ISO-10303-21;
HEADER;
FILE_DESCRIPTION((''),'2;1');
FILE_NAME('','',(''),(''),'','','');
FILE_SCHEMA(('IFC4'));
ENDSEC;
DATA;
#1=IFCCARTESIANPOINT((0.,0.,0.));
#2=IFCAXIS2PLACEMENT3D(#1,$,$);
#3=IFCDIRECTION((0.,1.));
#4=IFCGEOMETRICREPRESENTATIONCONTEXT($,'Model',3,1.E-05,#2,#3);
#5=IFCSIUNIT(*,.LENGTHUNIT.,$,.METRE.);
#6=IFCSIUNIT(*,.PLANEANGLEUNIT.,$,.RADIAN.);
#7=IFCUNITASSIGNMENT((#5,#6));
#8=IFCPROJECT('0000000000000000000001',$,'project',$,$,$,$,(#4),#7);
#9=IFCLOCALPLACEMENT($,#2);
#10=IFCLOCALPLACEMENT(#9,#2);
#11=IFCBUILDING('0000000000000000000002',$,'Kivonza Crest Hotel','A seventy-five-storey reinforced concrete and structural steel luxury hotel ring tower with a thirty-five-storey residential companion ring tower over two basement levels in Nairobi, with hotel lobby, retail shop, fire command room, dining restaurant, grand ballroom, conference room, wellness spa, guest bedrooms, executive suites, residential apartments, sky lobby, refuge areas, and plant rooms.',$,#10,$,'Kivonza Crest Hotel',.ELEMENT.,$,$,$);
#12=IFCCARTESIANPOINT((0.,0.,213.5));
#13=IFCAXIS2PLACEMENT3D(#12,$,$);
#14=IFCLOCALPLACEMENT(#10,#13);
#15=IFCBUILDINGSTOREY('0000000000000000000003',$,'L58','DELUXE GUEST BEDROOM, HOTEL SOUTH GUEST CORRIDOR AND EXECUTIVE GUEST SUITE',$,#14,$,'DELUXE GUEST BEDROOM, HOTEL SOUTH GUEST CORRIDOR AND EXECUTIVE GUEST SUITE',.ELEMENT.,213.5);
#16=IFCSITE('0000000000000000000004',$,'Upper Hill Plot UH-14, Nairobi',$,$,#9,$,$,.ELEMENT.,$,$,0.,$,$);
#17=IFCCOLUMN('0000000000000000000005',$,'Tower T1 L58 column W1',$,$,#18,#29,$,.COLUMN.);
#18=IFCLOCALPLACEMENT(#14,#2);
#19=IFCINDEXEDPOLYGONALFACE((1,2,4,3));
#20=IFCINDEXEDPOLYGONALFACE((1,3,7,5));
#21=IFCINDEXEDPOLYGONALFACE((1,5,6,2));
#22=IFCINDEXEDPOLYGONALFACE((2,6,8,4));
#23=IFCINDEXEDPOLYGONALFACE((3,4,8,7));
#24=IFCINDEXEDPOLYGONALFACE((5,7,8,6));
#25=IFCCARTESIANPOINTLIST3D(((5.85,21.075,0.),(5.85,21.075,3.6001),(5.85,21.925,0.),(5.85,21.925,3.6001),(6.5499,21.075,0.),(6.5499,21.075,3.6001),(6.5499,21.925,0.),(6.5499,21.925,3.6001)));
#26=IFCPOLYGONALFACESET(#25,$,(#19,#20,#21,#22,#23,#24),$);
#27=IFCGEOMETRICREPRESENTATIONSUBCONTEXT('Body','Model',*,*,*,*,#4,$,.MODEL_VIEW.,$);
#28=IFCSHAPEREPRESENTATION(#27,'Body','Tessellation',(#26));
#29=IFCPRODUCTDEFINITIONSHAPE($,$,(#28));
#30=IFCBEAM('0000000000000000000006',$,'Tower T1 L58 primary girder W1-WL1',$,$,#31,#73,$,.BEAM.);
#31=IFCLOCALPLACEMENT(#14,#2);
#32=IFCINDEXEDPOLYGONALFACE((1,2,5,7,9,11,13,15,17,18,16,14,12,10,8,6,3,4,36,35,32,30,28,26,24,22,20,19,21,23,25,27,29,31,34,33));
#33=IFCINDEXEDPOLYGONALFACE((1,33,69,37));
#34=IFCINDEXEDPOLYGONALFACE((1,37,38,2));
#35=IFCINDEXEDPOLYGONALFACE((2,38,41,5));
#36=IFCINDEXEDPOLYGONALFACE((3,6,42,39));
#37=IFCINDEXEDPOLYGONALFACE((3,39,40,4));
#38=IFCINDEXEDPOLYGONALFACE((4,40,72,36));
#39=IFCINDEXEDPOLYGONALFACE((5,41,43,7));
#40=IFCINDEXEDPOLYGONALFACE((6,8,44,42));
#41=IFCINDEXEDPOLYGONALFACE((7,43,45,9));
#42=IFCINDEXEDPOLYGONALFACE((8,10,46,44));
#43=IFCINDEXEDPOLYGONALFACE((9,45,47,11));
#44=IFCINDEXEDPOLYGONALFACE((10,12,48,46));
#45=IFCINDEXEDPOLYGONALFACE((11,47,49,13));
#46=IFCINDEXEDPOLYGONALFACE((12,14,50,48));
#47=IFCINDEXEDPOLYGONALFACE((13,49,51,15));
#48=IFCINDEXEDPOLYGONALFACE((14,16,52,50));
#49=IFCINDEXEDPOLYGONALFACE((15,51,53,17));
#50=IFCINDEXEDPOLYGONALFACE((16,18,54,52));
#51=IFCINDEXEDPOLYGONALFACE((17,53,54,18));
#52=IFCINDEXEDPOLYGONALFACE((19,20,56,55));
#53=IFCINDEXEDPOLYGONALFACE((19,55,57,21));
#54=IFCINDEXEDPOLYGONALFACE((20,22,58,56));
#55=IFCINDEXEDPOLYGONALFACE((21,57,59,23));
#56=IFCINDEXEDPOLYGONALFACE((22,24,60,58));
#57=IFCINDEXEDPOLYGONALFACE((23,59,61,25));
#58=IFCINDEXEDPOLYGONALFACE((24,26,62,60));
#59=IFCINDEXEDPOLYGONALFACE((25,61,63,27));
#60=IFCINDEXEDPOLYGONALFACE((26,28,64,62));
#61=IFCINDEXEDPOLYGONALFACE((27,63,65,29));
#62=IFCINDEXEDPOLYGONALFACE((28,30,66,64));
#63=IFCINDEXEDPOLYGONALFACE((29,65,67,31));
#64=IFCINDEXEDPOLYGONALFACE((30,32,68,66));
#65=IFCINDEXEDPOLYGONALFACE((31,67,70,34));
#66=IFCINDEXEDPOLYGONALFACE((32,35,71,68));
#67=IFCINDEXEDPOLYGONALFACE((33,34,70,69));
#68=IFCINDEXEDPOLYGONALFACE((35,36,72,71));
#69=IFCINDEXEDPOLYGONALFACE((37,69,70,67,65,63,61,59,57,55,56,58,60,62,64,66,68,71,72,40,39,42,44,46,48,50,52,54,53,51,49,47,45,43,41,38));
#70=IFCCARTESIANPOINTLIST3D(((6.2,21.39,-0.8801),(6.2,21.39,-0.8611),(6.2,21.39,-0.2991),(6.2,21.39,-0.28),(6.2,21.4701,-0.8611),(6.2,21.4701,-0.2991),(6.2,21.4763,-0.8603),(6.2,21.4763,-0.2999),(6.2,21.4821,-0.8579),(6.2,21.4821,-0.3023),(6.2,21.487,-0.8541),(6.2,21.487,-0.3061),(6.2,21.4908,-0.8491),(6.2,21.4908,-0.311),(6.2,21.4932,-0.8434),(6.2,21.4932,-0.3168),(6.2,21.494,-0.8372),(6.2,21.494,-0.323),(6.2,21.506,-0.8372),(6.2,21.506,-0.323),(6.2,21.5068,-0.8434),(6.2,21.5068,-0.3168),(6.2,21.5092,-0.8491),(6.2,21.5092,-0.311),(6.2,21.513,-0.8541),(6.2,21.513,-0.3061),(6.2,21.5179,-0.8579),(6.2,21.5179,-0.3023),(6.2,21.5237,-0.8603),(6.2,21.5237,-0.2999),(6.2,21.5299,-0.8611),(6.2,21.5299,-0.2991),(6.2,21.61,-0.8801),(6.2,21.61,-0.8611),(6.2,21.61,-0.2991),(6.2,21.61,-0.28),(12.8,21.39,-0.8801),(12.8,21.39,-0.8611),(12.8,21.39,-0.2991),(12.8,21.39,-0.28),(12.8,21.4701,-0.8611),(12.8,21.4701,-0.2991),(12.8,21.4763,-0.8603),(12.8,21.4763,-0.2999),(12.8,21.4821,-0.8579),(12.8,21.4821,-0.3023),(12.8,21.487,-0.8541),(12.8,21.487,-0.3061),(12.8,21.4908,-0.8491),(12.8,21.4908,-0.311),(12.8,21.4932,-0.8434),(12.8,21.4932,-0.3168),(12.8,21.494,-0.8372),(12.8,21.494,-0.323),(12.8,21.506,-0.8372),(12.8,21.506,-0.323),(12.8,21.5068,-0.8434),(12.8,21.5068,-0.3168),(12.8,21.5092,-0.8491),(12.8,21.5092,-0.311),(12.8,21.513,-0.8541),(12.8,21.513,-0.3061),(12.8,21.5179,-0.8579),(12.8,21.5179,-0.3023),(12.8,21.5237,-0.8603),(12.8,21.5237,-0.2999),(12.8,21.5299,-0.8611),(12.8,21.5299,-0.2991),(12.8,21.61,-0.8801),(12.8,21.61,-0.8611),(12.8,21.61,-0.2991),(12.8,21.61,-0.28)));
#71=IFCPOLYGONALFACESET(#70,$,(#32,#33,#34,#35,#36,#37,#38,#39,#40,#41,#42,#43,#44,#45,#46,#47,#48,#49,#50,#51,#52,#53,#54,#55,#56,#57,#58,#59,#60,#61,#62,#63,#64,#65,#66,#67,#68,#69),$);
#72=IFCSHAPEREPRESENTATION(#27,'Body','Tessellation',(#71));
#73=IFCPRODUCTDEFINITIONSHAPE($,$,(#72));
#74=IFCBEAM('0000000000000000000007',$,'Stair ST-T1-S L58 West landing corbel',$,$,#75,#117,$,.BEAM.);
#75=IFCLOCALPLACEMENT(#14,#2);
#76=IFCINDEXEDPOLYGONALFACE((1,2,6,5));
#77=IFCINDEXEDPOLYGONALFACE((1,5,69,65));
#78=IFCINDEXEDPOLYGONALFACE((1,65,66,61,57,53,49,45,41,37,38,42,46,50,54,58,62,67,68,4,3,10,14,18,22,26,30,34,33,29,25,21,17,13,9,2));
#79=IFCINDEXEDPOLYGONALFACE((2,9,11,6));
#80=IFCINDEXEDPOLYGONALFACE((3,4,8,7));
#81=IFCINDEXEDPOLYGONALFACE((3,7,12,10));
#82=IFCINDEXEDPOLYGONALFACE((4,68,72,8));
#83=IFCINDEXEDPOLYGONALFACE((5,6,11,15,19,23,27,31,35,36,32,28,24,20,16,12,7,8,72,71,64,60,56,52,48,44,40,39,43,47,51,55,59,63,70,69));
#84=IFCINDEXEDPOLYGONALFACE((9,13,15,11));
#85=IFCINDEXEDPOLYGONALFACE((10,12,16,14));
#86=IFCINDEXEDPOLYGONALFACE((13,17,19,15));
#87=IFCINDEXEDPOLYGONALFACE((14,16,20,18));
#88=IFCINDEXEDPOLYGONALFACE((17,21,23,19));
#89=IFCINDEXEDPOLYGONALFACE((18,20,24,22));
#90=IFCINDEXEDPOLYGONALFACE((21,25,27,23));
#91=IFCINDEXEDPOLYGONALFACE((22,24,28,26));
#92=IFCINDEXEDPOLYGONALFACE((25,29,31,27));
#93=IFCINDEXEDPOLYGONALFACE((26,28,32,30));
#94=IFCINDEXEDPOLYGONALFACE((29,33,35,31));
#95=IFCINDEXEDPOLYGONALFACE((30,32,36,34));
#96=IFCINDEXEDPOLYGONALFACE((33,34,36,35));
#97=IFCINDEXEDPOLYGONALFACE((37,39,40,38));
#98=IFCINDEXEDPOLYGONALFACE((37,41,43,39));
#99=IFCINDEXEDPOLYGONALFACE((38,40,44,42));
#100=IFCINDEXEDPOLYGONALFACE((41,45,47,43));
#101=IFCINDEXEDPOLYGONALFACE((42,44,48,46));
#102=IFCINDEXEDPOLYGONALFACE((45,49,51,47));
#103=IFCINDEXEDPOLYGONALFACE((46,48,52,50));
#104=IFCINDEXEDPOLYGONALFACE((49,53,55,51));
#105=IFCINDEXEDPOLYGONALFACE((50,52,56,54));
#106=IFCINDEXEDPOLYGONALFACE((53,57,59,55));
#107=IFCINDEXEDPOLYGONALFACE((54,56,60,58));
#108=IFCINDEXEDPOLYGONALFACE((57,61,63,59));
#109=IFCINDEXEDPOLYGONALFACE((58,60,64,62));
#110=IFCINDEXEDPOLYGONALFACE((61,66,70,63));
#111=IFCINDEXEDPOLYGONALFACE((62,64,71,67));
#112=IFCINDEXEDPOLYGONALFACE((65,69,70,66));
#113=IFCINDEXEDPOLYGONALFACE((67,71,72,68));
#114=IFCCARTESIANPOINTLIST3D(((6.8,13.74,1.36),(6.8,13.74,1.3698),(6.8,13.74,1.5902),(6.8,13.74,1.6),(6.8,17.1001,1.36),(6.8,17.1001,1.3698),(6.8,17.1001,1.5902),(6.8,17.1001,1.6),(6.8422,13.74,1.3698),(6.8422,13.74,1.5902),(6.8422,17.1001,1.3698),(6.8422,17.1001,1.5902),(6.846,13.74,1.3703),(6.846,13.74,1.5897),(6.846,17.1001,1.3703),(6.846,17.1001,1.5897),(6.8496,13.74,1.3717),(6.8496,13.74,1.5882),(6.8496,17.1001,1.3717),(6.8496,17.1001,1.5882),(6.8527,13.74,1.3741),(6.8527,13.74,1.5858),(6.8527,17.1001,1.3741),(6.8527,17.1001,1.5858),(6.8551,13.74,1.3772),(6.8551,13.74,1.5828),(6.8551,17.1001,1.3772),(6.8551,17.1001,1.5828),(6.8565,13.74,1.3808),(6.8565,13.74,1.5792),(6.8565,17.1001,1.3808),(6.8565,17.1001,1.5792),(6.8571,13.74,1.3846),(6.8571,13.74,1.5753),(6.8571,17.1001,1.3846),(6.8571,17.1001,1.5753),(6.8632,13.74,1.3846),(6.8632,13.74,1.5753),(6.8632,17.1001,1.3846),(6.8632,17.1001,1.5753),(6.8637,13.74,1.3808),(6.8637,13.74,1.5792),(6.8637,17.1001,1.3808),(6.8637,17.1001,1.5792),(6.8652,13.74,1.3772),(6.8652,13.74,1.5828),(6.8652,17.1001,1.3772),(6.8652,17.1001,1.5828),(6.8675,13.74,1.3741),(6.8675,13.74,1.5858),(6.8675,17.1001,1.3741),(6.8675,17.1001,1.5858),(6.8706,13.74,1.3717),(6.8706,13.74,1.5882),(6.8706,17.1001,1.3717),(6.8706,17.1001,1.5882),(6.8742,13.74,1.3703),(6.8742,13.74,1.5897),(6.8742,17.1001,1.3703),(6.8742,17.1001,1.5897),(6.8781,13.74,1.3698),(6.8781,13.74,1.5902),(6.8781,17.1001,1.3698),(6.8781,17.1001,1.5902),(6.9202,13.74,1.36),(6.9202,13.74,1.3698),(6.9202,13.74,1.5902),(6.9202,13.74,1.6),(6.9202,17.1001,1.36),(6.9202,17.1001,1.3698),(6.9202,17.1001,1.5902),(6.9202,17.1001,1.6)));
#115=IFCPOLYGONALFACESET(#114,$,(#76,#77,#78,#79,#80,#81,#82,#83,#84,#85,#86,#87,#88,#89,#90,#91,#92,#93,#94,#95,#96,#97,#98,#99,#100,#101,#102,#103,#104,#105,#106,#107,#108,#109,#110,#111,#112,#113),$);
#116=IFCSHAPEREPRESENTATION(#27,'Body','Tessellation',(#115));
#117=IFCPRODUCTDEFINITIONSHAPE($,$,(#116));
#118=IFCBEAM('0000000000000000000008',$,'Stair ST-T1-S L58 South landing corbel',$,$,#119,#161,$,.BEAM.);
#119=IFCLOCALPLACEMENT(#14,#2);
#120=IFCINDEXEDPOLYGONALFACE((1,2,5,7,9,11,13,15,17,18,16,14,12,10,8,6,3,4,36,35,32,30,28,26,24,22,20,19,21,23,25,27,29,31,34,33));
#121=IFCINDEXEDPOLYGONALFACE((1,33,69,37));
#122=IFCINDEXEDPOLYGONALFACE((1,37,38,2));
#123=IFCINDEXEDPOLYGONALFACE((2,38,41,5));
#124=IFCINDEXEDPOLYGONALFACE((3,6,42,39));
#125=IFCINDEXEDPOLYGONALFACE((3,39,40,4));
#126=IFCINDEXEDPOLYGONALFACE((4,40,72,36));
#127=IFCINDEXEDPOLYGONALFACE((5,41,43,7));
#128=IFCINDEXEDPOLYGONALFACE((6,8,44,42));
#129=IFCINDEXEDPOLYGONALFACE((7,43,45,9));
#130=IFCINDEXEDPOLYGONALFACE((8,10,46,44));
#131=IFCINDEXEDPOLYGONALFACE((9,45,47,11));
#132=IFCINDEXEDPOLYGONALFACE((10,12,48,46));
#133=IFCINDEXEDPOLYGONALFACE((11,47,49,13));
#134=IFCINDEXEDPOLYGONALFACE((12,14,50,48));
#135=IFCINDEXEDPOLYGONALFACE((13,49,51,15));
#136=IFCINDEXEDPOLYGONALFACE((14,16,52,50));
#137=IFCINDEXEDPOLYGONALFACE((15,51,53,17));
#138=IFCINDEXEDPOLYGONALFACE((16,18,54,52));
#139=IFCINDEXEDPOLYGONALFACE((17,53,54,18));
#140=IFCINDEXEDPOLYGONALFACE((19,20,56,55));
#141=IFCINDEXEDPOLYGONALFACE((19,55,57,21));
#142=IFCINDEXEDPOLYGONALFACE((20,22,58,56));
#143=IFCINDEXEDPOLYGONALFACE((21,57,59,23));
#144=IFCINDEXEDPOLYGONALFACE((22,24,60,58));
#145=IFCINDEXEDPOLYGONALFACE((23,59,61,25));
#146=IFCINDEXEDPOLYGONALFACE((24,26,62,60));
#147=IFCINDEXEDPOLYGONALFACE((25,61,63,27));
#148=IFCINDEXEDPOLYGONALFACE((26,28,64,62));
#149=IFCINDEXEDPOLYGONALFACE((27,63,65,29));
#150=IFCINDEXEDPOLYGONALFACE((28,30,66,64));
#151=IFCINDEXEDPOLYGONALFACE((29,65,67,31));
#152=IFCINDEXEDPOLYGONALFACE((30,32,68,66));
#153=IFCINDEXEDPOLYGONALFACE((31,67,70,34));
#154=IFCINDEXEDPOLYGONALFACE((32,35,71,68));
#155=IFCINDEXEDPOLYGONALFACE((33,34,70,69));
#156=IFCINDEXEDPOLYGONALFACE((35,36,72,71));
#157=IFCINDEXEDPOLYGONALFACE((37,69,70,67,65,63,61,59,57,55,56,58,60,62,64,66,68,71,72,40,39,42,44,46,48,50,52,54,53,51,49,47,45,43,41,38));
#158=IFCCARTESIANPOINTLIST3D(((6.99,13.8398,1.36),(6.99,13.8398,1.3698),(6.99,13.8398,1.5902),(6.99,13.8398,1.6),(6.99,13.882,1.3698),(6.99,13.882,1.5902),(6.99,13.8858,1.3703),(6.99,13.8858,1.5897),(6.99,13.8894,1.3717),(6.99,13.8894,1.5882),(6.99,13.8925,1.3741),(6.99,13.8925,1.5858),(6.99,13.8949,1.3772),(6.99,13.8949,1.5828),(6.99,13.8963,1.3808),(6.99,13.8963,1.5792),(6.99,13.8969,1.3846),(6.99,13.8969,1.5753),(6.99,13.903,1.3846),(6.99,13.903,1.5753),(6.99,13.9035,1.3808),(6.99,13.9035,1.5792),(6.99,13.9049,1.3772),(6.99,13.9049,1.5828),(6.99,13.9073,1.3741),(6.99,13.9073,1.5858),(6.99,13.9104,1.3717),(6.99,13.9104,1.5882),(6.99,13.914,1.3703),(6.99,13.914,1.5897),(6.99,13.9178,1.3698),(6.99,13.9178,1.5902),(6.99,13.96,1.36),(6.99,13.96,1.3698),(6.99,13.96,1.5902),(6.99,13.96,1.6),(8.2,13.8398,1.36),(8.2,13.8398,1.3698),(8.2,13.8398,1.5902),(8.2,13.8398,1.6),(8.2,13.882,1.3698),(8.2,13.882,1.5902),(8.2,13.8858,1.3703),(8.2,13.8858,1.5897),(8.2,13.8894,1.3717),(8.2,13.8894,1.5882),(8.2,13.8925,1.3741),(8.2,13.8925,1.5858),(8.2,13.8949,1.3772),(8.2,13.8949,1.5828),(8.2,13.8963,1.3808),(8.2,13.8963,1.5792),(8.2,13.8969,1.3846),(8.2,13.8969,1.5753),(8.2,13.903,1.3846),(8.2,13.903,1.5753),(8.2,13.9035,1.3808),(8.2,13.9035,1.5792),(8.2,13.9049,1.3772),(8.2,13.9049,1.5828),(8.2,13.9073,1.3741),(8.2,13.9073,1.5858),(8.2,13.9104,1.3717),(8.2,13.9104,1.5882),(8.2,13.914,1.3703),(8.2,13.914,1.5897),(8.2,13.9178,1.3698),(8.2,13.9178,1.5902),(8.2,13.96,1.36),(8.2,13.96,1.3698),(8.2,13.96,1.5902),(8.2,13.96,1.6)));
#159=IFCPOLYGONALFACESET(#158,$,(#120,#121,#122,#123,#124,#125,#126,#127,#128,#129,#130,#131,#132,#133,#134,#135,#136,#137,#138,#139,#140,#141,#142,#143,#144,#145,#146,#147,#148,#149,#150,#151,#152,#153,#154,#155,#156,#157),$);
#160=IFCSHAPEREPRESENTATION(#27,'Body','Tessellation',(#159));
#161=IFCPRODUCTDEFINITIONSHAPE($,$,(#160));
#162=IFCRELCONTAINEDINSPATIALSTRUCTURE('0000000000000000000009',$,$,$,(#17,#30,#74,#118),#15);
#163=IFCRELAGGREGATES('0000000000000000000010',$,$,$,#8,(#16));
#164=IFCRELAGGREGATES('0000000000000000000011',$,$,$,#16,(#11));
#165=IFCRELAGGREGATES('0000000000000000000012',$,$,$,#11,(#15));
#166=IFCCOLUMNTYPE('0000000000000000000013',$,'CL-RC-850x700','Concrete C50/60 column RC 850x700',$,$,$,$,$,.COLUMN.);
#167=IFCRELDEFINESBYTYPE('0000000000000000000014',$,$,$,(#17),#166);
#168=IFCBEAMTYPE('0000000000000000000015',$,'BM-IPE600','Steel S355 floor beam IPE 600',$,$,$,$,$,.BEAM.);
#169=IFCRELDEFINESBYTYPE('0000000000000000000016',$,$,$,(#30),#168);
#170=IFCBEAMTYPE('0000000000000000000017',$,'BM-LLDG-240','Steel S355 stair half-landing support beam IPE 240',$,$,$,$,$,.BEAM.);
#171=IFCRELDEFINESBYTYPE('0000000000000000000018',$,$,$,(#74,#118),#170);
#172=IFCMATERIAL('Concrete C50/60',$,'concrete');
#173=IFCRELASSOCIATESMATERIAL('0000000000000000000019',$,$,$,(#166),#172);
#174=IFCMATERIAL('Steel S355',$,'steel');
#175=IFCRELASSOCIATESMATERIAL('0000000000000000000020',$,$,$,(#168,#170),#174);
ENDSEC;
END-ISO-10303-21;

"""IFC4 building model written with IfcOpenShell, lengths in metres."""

from ifc_helpers import new_model, si_unit, direction, frame, origin, origin_2d, place, context, subcontext, project, spatial, rectangle, i_section, extrude, material, material_profile, profile_set, type_object, element, save


model = new_model("IFC4")

# Units and contexts
model_context = context("Model", 3, precision=1e-05, world=origin(), true_north=direction((0.0, 1.0)))
body_context = subcontext(model_context, "Body", "Model", "MODEL_VIEW")
ifc_project = project(units=[si_unit("LENGTHUNIT", "METRE"), si_unit("PLANEANGLEUNIT", "RADIAN")], contexts=[model_context])

# Site, building, storey
site_placement = place(None, origin())
site = spatial("IfcSite", under=ifc_project, at=site_placement, Name="Upper Hill Plot UH-14, Nairobi", CompositionType="ELEMENT", RefElevation=0.0)
building_placement = place(site_placement, origin())
building = spatial("IfcBuilding", under=site, at=building_placement, Name="Kivonza Crest Hotel", Description="A seventy-five-storey reinforced concrete and structural steel luxury hotel ring tower with a thirty-five-storey residential companion ring tower over two basement levels in Nairobi, with hotel lobby, retail shop, fire command room, dining restaurant, grand ballroom, conference room, wellness spa, guest bedrooms, executive suites, residential apartments, sky lobby, refuge areas, and plant rooms.", LongName="Kivonza Crest Hotel", CompositionType="ELEMENT")
storey_placement = place(building_placement, frame((0.0, 0.0, 213.5)))
storey = spatial("IfcBuildingStorey", under=building, at=storey_placement, Name="L58", Description="DELUXE GUEST BEDROOM, HOTEL SOUTH GUEST CORRIDOR AND EXECUTIVE GUEST SUITE", LongName="DELUXE GUEST BEDROOM, HOTEL SOUTH GUEST CORRIDOR AND EXECUTIVE GUEST SUITE", CompositionType="ELEMENT", Elevation=213.5)

# Column
ifc_material_1 = material(Name="Concrete C50/60", Category="concrete")
ifc_material_profile_1 = material_profile(ifc_material_1, rectangle(XDim=0.7, YDim=0.8501, at=origin_2d()), Name="RC 850x700")
ifc_profile_set_1 = profile_set([ifc_material_profile_1], Name="Concrete C50/60")
column_type = type_object("IfcColumnType", Name="CL-RC-850x700", Description="Concrete C50/60 column RC 850x700", PredefinedType="COLUMN", material=ifc_profile_set_1)
column_placement = place(storey_placement, frame((6.2, 21.5, 0.0), z_axis=(0.0, 0.0, 1.0), x_axis=(1.0, 0.0, 0.0)))
element("IfcColumn", 1, at=column_placement, inside=storey, type_object=column_type, Name="Tower T1 L58 column W1", PredefinedType="COLUMN", context=body_context, shape_type="SweptSolid", body=[
    extrude(rectangle(XDim=0.7, YDim=0.8501, at=origin_2d()), origin(), (0.0, 0.0, 1.0), 3.6001),
])

# Beams
ifc_material_2 = material(Name="Steel S355", Category="steel")
ifc_material_profile_2 = material_profile(ifc_material_2, i_section(OverallWidth=0.22, OverallDepth=0.6001, WebThickness=0.012, FlangeThickness=0.019, FilletRadius=0.0239, at=origin_2d()), Name="IPE 600")
ifc_profile_set_2 = profile_set([ifc_material_profile_2], Name="Steel S355")
beam_type_1 = type_object("IfcBeamType", Name="BM-IPE600", Description="Steel S355 floor beam IPE 600", PredefinedType="BEAM", material=ifc_profile_set_2)
beam_1_placement = place(storey_placement, frame((6.2, 21.5, -0.5801), z_axis=(1.0, 0.0, 0.0), x_axis=(0.0, 1.0, 0.0)))
element("IfcBeam", 2, at=beam_1_placement, inside=storey, type_object=beam_type_1, Name="Tower T1 L58 primary girder W1-WL1", PredefinedType="BEAM", context=body_context, shape_type="SweptSolid", body=[
    extrude(i_section(OverallWidth=0.22, OverallDepth=0.6001, WebThickness=0.012, FlangeThickness=0.019, FilletRadius=0.0239, at=origin_2d()), origin(), (0.0, 0.0, 1.0), 6.6001),
])
ifc_material_profile_3 = material_profile(ifc_material_2, i_section(OverallWidth=0.1201, OverallDepth=0.24, WebThickness=0.0061, FlangeThickness=0.0098, FilletRadius=0.0149, at=origin_2d()), Name="IPE 240")
ifc_profile_set_3 = profile_set([ifc_material_profile_3], Name="Steel S355")
beam_type_2 = type_object("IfcBeamType", Name="BM-LLDG-240", Description="Steel S355 stair half-landing support beam IPE 240", PredefinedType="BEAM", material=ifc_profile_set_3)
beam_2_placement = place(storey_placement, frame((6.8601, 13.74, 1.48), z_axis=(0.0, 1.0, 0.0), x_axis=(-1.0, 0.0, 0.0)))
element("IfcBeam", 3, at=beam_2_placement, inside=storey, type_object=beam_type_2, Name="Stair ST-T1-S L58 West landing corbel", PredefinedType="BEAM", context=body_context, shape_type="SweptSolid", body=[
    extrude(i_section(OverallWidth=0.1201, OverallDepth=0.24, WebThickness=0.0061, FlangeThickness=0.0098, FilletRadius=0.0149, at=origin_2d()), origin(), (0.0, 0.0, 1.0), 3.3601),
])
for number, where, z_axis, x_axis, name in (
    (4, (6.99, 13.8999, 1.48), (1.0, 0.0, 0.0), (0.0, 1.0, 0.0), "Stair ST-T1-S L58 South landing corbel"),
):
    element("IfcBeam", number, at=place(storey_placement, frame(where, z_axis=z_axis, x_axis=x_axis)), inside=storey, type_object=beam_type_2, Name=name, PredefinedType="BEAM", context=body_context, shape_type="SweptSolid", body=[
        extrude(i_section(OverallWidth=0.1201, OverallDepth=0.24, WebThickness=0.0061, FlangeThickness=0.0098, FilletRadius=0.0149, at=origin_2d()), origin(), (0.0, 0.0, 1.0), 1.21),
    ])

save(model, "model.ifc")
